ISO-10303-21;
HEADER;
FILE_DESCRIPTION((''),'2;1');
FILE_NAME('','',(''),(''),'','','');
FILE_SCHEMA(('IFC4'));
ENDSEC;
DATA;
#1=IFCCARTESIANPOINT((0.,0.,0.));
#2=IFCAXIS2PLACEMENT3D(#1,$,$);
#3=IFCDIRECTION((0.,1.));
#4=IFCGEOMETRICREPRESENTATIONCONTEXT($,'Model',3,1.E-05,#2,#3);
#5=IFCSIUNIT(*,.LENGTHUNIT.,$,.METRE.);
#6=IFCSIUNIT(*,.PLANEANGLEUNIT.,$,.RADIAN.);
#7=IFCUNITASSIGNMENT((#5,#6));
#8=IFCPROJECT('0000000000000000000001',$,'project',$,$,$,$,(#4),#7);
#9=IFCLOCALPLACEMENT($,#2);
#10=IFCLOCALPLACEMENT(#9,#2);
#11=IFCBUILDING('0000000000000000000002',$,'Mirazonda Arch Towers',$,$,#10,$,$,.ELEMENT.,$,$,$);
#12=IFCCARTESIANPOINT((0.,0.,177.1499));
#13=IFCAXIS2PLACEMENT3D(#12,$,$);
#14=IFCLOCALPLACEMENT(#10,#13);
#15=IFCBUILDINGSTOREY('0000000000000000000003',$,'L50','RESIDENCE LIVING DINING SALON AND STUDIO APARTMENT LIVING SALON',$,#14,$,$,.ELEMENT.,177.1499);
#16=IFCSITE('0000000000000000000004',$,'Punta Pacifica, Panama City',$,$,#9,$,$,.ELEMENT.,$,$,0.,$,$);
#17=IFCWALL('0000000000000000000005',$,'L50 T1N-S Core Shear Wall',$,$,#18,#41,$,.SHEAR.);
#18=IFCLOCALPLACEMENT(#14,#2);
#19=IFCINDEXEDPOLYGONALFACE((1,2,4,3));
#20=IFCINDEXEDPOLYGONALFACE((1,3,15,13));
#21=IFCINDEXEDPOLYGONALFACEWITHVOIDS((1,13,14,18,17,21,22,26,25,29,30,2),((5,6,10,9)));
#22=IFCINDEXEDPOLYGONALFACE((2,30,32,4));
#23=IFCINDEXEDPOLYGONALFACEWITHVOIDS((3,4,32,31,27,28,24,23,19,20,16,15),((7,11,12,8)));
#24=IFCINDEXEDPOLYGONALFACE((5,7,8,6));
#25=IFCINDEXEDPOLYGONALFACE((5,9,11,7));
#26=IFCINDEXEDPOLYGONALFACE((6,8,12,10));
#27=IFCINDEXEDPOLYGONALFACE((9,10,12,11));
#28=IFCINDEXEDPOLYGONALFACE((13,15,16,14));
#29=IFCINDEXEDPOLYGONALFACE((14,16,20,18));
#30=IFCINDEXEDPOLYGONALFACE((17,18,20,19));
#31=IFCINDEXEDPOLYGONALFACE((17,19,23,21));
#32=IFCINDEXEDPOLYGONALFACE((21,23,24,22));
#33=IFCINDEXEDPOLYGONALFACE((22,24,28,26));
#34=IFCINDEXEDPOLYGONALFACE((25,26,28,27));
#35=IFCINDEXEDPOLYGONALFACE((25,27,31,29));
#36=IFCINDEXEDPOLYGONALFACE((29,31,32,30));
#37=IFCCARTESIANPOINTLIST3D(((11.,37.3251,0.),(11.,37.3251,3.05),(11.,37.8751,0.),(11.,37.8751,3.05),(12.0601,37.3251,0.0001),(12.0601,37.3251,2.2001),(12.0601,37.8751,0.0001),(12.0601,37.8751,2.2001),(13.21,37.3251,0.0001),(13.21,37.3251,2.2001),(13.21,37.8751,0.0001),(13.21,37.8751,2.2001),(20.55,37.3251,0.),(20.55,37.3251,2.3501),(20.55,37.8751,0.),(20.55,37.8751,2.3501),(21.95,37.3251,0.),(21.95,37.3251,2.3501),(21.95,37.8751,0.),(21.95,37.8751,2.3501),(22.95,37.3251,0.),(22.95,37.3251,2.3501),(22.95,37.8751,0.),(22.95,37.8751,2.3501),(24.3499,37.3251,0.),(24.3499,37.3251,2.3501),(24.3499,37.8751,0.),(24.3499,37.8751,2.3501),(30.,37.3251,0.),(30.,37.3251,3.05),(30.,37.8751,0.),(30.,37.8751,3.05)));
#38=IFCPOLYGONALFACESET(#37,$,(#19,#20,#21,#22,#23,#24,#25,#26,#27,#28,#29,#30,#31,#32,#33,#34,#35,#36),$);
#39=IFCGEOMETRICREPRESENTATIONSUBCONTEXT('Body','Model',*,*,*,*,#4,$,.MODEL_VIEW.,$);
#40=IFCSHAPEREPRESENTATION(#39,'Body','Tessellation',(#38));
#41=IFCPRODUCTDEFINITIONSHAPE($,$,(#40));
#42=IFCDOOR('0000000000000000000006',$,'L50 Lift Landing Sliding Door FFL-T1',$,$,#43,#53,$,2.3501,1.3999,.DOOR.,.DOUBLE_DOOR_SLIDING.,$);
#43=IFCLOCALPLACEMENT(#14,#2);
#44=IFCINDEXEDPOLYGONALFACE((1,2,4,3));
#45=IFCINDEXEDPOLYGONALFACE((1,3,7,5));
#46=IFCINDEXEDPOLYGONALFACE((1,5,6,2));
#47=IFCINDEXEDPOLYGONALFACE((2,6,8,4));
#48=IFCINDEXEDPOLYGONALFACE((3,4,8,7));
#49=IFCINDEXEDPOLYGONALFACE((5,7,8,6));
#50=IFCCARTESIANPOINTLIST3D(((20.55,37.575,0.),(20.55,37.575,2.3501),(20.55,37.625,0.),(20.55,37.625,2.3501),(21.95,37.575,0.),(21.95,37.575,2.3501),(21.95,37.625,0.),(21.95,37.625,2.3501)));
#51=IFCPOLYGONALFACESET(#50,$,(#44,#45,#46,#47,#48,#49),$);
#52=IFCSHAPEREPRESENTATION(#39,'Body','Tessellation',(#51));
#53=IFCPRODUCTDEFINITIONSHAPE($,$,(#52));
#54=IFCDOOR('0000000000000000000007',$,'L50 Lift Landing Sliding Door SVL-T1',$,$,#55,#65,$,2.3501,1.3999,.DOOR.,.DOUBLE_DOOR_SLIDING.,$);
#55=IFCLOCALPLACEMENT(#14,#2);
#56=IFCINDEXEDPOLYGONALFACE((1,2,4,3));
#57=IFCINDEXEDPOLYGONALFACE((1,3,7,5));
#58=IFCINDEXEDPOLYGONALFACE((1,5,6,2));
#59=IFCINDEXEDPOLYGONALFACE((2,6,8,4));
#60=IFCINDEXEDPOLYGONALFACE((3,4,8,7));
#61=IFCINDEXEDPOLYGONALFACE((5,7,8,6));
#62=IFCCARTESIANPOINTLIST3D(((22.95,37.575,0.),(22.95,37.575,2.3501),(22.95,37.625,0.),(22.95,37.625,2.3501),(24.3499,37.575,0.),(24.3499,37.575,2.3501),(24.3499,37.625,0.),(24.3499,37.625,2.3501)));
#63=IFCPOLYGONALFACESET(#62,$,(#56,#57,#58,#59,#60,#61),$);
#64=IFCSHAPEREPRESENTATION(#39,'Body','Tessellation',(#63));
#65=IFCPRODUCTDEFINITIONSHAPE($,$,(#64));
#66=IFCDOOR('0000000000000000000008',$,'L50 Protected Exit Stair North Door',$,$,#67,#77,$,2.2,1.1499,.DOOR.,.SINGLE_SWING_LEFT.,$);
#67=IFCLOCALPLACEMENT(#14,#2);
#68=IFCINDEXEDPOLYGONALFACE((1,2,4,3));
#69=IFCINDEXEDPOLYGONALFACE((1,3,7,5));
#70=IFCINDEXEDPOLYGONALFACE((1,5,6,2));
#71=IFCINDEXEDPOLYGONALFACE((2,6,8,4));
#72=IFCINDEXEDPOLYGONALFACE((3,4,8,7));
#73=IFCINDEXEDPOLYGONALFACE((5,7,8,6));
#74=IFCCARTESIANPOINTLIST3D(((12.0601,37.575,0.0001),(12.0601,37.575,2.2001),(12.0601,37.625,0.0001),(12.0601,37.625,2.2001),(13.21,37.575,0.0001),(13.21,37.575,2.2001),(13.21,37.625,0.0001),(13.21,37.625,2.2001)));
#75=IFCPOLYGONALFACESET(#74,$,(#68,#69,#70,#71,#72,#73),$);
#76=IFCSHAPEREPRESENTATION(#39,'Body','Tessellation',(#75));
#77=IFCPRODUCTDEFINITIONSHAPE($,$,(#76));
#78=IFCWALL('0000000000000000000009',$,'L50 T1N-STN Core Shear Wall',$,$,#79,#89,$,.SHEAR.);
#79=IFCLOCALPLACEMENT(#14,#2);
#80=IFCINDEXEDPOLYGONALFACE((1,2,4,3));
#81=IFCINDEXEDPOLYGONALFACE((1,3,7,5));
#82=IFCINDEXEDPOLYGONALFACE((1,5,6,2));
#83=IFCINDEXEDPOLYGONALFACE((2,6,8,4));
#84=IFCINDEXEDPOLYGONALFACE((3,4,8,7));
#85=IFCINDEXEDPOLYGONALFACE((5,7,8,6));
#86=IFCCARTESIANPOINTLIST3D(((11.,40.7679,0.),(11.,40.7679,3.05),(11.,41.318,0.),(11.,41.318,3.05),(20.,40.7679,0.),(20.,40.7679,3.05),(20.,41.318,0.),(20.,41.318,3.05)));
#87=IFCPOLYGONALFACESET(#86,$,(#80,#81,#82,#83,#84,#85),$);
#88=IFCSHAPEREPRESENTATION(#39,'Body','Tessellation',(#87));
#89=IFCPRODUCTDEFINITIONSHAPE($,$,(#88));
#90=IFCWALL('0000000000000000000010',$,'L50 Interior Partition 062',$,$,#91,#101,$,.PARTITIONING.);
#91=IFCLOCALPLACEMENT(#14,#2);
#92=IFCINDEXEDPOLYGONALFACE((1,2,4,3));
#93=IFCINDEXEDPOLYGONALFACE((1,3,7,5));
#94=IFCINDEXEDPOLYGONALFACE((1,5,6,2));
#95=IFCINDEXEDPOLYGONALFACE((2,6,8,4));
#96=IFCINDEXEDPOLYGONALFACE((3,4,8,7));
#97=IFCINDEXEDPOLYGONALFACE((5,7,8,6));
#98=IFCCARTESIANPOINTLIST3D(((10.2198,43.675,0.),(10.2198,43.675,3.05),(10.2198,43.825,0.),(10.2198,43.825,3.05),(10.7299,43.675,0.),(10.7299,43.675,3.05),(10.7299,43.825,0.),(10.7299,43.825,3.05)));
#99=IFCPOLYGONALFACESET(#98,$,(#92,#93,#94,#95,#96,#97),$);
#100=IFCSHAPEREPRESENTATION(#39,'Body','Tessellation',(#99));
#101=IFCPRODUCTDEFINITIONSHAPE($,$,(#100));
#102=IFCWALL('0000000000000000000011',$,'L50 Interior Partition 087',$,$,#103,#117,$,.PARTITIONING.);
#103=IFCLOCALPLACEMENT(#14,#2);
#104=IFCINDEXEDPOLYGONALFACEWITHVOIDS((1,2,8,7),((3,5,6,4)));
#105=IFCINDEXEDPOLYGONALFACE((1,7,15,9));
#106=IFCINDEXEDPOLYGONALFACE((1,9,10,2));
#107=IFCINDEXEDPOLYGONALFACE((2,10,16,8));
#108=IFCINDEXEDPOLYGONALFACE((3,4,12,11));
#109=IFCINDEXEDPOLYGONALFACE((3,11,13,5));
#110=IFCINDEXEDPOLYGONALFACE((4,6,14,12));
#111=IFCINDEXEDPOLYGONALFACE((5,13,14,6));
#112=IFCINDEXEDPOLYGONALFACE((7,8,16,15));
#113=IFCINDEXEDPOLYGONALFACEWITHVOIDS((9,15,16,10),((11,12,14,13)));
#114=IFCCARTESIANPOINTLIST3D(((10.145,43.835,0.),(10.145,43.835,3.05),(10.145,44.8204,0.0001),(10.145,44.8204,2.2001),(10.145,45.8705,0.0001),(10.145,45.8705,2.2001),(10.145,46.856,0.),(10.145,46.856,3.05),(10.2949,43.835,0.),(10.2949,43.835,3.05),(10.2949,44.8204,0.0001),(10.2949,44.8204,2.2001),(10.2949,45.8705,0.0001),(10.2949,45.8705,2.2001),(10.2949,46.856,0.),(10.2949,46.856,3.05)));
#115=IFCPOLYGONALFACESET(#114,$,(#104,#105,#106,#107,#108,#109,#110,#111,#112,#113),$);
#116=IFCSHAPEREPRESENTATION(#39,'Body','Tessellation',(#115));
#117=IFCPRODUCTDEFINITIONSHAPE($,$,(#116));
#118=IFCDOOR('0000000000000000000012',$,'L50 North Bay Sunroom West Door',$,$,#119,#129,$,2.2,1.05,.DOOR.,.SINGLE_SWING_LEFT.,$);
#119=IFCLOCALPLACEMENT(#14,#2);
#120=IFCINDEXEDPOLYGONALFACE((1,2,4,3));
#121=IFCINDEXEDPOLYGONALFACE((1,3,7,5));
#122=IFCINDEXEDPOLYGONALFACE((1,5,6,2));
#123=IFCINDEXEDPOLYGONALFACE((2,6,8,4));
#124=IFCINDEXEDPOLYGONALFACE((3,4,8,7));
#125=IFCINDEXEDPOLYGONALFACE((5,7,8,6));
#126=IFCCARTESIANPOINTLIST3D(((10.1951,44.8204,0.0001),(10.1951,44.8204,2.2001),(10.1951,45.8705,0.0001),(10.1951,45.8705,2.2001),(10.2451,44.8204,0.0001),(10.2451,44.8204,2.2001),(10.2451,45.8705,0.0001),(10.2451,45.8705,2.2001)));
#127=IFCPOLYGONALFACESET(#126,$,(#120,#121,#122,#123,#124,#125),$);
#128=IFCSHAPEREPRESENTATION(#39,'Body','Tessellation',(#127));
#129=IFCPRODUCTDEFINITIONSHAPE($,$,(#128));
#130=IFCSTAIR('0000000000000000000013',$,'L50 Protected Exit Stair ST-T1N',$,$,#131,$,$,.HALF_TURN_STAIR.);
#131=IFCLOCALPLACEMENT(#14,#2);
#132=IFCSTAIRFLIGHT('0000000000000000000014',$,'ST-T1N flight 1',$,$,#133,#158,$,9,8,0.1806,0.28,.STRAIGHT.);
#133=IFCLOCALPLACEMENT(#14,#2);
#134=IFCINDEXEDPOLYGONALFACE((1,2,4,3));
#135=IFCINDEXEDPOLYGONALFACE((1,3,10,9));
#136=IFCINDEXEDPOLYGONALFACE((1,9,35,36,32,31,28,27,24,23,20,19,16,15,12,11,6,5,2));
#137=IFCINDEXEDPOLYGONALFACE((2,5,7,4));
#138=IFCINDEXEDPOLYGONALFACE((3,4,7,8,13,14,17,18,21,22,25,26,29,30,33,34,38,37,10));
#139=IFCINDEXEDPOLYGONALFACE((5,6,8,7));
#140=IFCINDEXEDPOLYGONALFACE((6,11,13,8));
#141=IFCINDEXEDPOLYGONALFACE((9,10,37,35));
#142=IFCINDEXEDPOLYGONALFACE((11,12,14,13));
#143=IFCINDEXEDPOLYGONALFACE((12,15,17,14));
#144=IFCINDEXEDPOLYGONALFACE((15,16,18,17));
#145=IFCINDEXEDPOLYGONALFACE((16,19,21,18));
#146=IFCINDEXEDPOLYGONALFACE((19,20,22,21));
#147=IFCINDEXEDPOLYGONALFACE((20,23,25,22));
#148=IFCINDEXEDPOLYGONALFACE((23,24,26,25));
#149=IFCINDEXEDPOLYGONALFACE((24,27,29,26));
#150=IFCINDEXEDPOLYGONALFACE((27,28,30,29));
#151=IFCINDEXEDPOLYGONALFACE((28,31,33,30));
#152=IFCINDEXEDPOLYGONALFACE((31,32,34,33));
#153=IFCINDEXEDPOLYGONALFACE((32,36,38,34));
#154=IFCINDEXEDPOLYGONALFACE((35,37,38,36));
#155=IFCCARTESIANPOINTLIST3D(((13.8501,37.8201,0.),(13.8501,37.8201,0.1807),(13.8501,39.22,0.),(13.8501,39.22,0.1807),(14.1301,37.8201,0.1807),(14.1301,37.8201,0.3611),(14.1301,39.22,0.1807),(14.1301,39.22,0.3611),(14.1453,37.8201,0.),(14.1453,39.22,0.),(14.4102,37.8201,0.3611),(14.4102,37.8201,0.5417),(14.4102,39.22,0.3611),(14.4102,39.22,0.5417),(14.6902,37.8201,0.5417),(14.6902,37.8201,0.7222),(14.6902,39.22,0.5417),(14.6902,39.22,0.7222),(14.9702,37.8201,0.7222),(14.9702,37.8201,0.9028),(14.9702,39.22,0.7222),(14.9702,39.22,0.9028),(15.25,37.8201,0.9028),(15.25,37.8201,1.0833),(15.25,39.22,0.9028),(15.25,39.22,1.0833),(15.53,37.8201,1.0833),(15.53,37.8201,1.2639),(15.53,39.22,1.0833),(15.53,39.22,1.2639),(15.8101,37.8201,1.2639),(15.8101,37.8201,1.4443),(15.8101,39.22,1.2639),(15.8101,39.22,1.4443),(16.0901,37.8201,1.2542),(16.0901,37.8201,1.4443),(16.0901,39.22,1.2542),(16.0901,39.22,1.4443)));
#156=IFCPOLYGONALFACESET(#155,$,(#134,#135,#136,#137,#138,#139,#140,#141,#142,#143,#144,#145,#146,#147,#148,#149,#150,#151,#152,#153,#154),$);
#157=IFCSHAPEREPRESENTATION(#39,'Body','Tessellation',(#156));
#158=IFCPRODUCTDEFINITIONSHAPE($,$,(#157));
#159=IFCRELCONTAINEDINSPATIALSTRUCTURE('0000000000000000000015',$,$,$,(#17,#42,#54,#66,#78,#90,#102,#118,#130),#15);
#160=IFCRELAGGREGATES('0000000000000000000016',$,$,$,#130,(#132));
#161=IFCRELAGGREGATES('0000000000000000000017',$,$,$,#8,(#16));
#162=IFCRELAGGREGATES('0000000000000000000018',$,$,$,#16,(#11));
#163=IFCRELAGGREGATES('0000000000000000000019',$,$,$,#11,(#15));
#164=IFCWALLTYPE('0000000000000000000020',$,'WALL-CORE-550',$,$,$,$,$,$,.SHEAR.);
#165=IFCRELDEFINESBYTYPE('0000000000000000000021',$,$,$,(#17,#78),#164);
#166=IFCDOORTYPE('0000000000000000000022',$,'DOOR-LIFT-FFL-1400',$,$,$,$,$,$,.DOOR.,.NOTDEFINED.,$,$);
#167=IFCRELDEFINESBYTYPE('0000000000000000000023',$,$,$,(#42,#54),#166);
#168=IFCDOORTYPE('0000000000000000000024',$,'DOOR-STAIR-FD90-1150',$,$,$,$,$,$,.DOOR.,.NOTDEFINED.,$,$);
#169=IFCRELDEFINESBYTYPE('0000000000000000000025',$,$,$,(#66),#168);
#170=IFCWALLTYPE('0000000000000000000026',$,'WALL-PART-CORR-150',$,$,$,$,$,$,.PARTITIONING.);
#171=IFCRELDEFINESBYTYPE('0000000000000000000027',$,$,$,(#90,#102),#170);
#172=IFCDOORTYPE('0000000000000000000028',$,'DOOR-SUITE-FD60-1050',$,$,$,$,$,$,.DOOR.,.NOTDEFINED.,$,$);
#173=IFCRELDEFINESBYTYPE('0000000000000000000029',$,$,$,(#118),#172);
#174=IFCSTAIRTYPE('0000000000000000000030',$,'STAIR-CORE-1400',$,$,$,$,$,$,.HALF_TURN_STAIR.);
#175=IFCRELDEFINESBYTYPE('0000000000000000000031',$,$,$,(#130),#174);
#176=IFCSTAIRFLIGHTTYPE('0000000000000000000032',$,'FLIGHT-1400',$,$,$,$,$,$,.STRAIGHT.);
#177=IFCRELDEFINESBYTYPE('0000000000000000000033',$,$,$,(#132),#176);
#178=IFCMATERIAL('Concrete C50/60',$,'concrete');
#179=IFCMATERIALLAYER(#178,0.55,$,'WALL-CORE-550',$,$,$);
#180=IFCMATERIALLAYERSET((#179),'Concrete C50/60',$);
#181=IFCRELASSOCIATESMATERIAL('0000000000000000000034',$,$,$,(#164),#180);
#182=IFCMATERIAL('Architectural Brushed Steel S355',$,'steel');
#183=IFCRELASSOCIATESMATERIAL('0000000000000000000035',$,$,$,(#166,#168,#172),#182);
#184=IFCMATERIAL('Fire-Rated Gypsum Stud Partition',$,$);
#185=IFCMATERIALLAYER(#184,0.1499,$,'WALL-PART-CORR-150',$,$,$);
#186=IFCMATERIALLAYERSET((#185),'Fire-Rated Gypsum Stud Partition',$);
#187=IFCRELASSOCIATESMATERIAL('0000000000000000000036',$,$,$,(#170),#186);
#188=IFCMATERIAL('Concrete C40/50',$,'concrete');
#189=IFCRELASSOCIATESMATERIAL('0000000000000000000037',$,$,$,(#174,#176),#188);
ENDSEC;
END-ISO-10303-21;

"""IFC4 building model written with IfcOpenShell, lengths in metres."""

from ifc_helpers import new_model, si_unit, direction, frame, frame_2d, origin, place, context, subcontext, project, spatial, polyline, rectangle, outline, extrude, material, layer, layer_set, type_object, element, fill, aggregate, save


model = new_model("IFC4")

# Units and contexts
model_context = context("Model", 3, precision=1e-05, world=origin(), true_north=direction((0.0, 1.0)))
body_context = subcontext(model_context, "Body", "Model", "MODEL_VIEW")
ifc_project = project(units=[si_unit("LENGTHUNIT", "METRE"), si_unit("PLANEANGLEUNIT", "RADIAN")], contexts=[model_context])

# Site, building, storey
site_placement = place(None, origin())
site = spatial("IfcSite", under=ifc_project, at=site_placement, Name="Punta Pacifica, Panama City", CompositionType="ELEMENT", RefElevation=0.0)
building_placement = place(site_placement, origin())
building = spatial("IfcBuilding", under=site, at=building_placement, Name="Mirazonda Arch Towers", CompositionType="ELEMENT")
storey_placement = place(building_placement, frame((0.0, 0.0, 177.1499)))
storey = spatial("IfcBuildingStorey", under=building, at=storey_placement, Name="L50", Description="RESIDENCE LIVING DINING SALON AND STUDIO APARTMENT LIVING SALON", CompositionType="ELEMENT", Elevation=177.1499)

# Shared definitions
ifc_material_1 = material(Name="Concrete C50/60", Category="concrete")

# Shared definitions
ifc_layer_1 = layer(ifc_material_1, 0.55, Name="WALL-CORE-550")
ifc_layer_set_1 = layer_set([ifc_layer_1], Name="Concrete C50/60")
wall_type_1 = type_object("IfcWallType", Name="WALL-CORE-550", PredefinedType="SHEAR", material=ifc_layer_set_1)

# Wall, openings, doors
wall_1_placement = place(storey_placement, frame((11.0, 37.6001, 0.0), z_axis=(0.0, 0.0, 1.0), x_axis=(1.0, 0.0, 0.0)))
wall_1 = element("IfcWall", 1, at=wall_1_placement, inside=storey, type_object=wall_type_1, Name="L50 T1N-S Core Shear Wall", PredefinedType="SHEAR", context=body_context, shape_type="SweptSolid", body=[
    extrude(rectangle(XDim=19.0, YDim=0.55, at=frame_2d((9.5, 0.0))), origin(), (0.0, 0.0, 1.0), 3.05),
])
opening_1_placement = place(wall_1_placement, frame((1.0601, 0.0, 0.0)))
opening_1 = element("IfcOpeningElement", 2, at=opening_1_placement, cuts=wall_1, PredefinedType="OPENING", context=body_context, shape_type="SweptSolid", body=[
    extrude(rectangle(XDim=1.1499, YDim=2.2, at=frame_2d((0.575, 1.1001))), frame((0.0, 0.2849, 0.0), z_axis=(0.0, -1.0, 0.0), x_axis=(1.0, 0.0, 0.0)), (0.0, 0.0, 1.0), 0.5701),
])
opening_2_placement = place(wall_1_placement, frame((9.55, 0.0, 0.0)))
opening_2 = element("IfcOpeningElement", 3, at=opening_2_placement, cuts=wall_1, PredefinedType="OPENING", context=body_context, shape_type="SweptSolid", body=[
    extrude(rectangle(XDim=1.3999, YDim=2.3501, at=frame_2d((0.7, 1.175))), frame((0.0, 0.2849, 0.0), z_axis=(0.0, -1.0, 0.0), x_axis=(1.0, 0.0, 0.0)), (0.0, 0.0, 1.0), 0.5701),
])
opening_3_placement = place(wall_1_placement, frame((11.95, 0.0, 0.0)))
opening_3 = element("IfcOpeningElement", 4, at=opening_3_placement, cuts=wall_1, PredefinedType="OPENING", context=body_context, shape_type="SweptSolid", body=[
    extrude(rectangle(XDim=1.3999, YDim=2.3501, at=frame_2d((0.7, 1.175))), frame((0.0, 0.2849, 0.0), z_axis=(0.0, -1.0, 0.0), x_axis=(1.0, 0.0, 0.0)), (0.0, 0.0, 1.0), 0.5701),
])
ifc_material_2 = material(Name="Architectural Brushed Steel S355", Category="steel")
door_type_1 = type_object("IfcDoorType", Name="DOOR-LIFT-FFL-1400", OperationType="NOTDEFINED", PredefinedType="DOOR", material=ifc_material_2)
door_1_placement = place(opening_2_placement, origin())
door_1 = element("IfcDoor", 5, at=door_1_placement, inside=storey, type_object=door_type_1, Name="L50 Lift Landing Sliding Door FFL-T1", OperationType="DOUBLE_DOOR_SLIDING", OverallHeight=2.3501, OverallWidth=1.3999, PredefinedType="DOOR", context=body_context, shape_type="SweptSolid", body=[
    extrude(rectangle(XDim=1.3999, YDim=2.3501, at=frame_2d((0.7, 1.175))), frame((0.0, 0.0249, 0.0), z_axis=(0.0, -1.0, 0.0), x_axis=(1.0, 0.0, 0.0)), (0.0, 0.0, 1.0), 0.05),
])
fill(opening_2, door_1)
door_2_placement = place(opening_3_placement, origin())
door_2 = element("IfcDoor", 6, at=door_2_placement, inside=storey, type_object=door_type_1, Name="L50 Lift Landing Sliding Door SVL-T1", OperationType="DOUBLE_DOOR_SLIDING", OverallHeight=2.3501, OverallWidth=1.3999, PredefinedType="DOOR", context=body_context, shape_type="SweptSolid", body=[
    extrude(rectangle(XDim=1.3999, YDim=2.3501, at=frame_2d((0.7, 1.175))), frame((0.0, 0.0249, 0.0), z_axis=(0.0, -1.0, 0.0), x_axis=(1.0, 0.0, 0.0)), (0.0, 0.0, 1.0), 0.05),
])
fill(opening_3, door_2)
door_type_2 = type_object("IfcDoorType", Name="DOOR-STAIR-FD90-1150", OperationType="NOTDEFINED", PredefinedType="DOOR", material=ifc_material_2)
door_3_placement = place(opening_1_placement, origin())
door_3 = element("IfcDoor", 7, at=door_3_placement, inside=storey, type_object=door_type_2, Name="L50 Protected Exit Stair North Door", OperationType="SINGLE_SWING_LEFT", OverallHeight=2.2, OverallWidth=1.1499, PredefinedType="DOOR", context=body_context, shape_type="SweptSolid", body=[
    extrude(rectangle(XDim=1.1499, YDim=2.2, at=frame_2d((0.575, 1.1001))), frame((0.0, 0.0249, 0.0), z_axis=(0.0, -1.0, 0.0), x_axis=(1.0, 0.0, 0.0)), (0.0, 0.0, 1.0), 0.05),
])
fill(opening_1, door_3)

# Walls
wall_2_placement = place(storey_placement, frame((11.0, 41.043, 0.0), z_axis=(0.0, 0.0, 1.0), x_axis=(1.0, 0.0, 0.0)))
element("IfcWall", 8, at=wall_2_placement, inside=storey, type_object=wall_type_1, Name="L50 T1N-STN Core Shear Wall", PredefinedType="SHEAR", context=body_context, shape_type="SweptSolid", body=[
    extrude(rectangle(XDim=9.0, YDim=0.55, at=frame_2d((4.5, 0.0))), origin(), (0.0, 0.0, 1.0), 3.05),
])
ifc_material_3 = material(Name="Fire-Rated Gypsum Stud Partition")
ifc_layer_2 = layer(ifc_material_3, 0.1499, Name="WALL-PART-CORR-150")
ifc_layer_set_2 = layer_set([ifc_layer_2], Name="Fire-Rated Gypsum Stud Partition")
wall_type_2 = type_object("IfcWallType", Name="WALL-PART-CORR-150", PredefinedType="PARTITIONING", material=ifc_layer_set_2)
wall_3_placement = place(storey_placement, frame((10.22, 43.75, 0.0), z_axis=(0.0, 0.0, 1.0), x_axis=(1.0, 0.0, 0.0)))
element("IfcWall", 9, at=wall_3_placement, inside=storey, type_object=wall_type_2, Name="L50 Interior Partition 062", PredefinedType="PARTITIONING", context=body_context, shape_type="SweptSolid", body=[
    extrude(rectangle(XDim=0.51, YDim=0.1499, at=frame_2d((0.2549, 0.0))), origin(), (0.0, 0.0, 1.0), 3.05),
])

# Wall, opening, door
wall_4_placement = place(storey_placement, frame((10.22, 43.835, 0.0), z_axis=(0.0, 0.0, 1.0), x_axis=(0.0, 1.0, 0.0)))
wall_4 = element("IfcWall", 10, at=wall_4_placement, inside=storey, type_object=wall_type_2, Name="L50 Interior Partition 087", PredefinedType="PARTITIONING", context=body_context, shape_type="SweptSolid", body=[
    extrude(rectangle(XDim=3.021, YDim=0.1499, at=frame_2d((1.5105, 0.0))), origin(), (0.0, 0.0, 1.0), 3.05),
])
opening_4_placement = place(wall_4_placement, frame((0.9856, 0.0, 0.0)))
opening_4 = element("IfcOpeningElement", 11, at=opening_4_placement, cuts=wall_4, PredefinedType="OPENING", context=body_context, shape_type="SweptSolid", body=[
    extrude(rectangle(XDim=1.05, YDim=2.2, at=frame_2d((0.5249, 1.1001))), frame((0.0, 0.085, 0.0), z_axis=(0.0, -1.0, 0.0), x_axis=(1.0, 0.0, 0.0)), (0.0, 0.0, 1.0), 0.1699),
])
door_type_3 = type_object("IfcDoorType", Name="DOOR-SUITE-FD60-1050", OperationType="NOTDEFINED", PredefinedType="DOOR", material=ifc_material_2)
door_4_placement = place(opening_4_placement, origin())
door_4 = element("IfcDoor", 12, at=door_4_placement, inside=storey, type_object=door_type_3, Name="L50 North Bay Sunroom West Door", OperationType="SINGLE_SWING_LEFT", OverallHeight=2.2, OverallWidth=1.05, PredefinedType="DOOR", context=body_context, shape_type="SweptSolid", body=[
    extrude(rectangle(XDim=1.05, YDim=2.2, at=frame_2d((0.5249, 1.1001))), frame((0.0, 0.0249, 0.0), z_axis=(0.0, -1.0, 0.0), x_axis=(1.0, 0.0, 0.0)), (0.0, 0.0, 1.0), 0.05),
])
fill(opening_4, door_4)

# Stair, stair flight
ifc_material_4 = material(Name="Concrete C40/50", Category="concrete")
stair_type = type_object("IfcStairType", Name="STAIR-CORE-1400", PredefinedType="HALF_TURN_STAIR", material=ifc_material_4)
stair_placement = place(storey_placement, origin())
stair = element("IfcStair", 13, at=stair_placement, inside=storey, type_object=stair_type, Name="L50 Protected Exit Stair ST-T1N", PredefinedType="HALF_TURN_STAIR")
stair_flight_type = type_object("IfcStairFlightType", Name="FLIGHT-1400", PredefinedType="STRAIGHT", material=ifc_material_4)
stair_flight_placement = place(storey_placement, frame((13.8501, 38.52, 0.0), z_axis=(0.0, 0.0, 1.0), x_axis=(1.0, 0.0, 0.0)))
stair_flight = element("IfcStairFlight", 14, at=stair_flight_placement, type_object=stair_flight_type, Name="ST-T1N flight 1", NumberOfRisers=9, NumberOfTreads=8, PredefinedType="STRAIGHT", RiserHeight=0.1806, TreadLength=0.28, context=body_context, shape_type="SweptSolid", body=[
    extrude(outline(polyline([(0.0, 0.0), (0.0, 0.1807), (0.28, 0.1807), (0.28, 0.3611), (0.5601, 0.3611), (0.5601, 0.5417), (0.8401, 0.5417), (0.8401, 0.7222), (1.1201, 0.7222), (1.1201, 0.9028), (1.3999, 0.9028), (1.3999, 1.0833), (1.6799, 1.0833), (1.6799, 1.2639), (1.96, 1.2639), (1.96, 1.4443), (2.24, 1.4443), (2.24, 1.625), (2.24, 1.2542), (0.2952, 0.0), (0.0, 0.0)])), frame((0.0, 0.7, 0.0), z_axis=(0.0, -1.0, 0.0), x_axis=(1.0, 0.0, 0.0)), (0.0, 0.0, 1.0), 1.3999),
])
aggregate(stair, [stair_flight])

save(model, "model.ifc")
